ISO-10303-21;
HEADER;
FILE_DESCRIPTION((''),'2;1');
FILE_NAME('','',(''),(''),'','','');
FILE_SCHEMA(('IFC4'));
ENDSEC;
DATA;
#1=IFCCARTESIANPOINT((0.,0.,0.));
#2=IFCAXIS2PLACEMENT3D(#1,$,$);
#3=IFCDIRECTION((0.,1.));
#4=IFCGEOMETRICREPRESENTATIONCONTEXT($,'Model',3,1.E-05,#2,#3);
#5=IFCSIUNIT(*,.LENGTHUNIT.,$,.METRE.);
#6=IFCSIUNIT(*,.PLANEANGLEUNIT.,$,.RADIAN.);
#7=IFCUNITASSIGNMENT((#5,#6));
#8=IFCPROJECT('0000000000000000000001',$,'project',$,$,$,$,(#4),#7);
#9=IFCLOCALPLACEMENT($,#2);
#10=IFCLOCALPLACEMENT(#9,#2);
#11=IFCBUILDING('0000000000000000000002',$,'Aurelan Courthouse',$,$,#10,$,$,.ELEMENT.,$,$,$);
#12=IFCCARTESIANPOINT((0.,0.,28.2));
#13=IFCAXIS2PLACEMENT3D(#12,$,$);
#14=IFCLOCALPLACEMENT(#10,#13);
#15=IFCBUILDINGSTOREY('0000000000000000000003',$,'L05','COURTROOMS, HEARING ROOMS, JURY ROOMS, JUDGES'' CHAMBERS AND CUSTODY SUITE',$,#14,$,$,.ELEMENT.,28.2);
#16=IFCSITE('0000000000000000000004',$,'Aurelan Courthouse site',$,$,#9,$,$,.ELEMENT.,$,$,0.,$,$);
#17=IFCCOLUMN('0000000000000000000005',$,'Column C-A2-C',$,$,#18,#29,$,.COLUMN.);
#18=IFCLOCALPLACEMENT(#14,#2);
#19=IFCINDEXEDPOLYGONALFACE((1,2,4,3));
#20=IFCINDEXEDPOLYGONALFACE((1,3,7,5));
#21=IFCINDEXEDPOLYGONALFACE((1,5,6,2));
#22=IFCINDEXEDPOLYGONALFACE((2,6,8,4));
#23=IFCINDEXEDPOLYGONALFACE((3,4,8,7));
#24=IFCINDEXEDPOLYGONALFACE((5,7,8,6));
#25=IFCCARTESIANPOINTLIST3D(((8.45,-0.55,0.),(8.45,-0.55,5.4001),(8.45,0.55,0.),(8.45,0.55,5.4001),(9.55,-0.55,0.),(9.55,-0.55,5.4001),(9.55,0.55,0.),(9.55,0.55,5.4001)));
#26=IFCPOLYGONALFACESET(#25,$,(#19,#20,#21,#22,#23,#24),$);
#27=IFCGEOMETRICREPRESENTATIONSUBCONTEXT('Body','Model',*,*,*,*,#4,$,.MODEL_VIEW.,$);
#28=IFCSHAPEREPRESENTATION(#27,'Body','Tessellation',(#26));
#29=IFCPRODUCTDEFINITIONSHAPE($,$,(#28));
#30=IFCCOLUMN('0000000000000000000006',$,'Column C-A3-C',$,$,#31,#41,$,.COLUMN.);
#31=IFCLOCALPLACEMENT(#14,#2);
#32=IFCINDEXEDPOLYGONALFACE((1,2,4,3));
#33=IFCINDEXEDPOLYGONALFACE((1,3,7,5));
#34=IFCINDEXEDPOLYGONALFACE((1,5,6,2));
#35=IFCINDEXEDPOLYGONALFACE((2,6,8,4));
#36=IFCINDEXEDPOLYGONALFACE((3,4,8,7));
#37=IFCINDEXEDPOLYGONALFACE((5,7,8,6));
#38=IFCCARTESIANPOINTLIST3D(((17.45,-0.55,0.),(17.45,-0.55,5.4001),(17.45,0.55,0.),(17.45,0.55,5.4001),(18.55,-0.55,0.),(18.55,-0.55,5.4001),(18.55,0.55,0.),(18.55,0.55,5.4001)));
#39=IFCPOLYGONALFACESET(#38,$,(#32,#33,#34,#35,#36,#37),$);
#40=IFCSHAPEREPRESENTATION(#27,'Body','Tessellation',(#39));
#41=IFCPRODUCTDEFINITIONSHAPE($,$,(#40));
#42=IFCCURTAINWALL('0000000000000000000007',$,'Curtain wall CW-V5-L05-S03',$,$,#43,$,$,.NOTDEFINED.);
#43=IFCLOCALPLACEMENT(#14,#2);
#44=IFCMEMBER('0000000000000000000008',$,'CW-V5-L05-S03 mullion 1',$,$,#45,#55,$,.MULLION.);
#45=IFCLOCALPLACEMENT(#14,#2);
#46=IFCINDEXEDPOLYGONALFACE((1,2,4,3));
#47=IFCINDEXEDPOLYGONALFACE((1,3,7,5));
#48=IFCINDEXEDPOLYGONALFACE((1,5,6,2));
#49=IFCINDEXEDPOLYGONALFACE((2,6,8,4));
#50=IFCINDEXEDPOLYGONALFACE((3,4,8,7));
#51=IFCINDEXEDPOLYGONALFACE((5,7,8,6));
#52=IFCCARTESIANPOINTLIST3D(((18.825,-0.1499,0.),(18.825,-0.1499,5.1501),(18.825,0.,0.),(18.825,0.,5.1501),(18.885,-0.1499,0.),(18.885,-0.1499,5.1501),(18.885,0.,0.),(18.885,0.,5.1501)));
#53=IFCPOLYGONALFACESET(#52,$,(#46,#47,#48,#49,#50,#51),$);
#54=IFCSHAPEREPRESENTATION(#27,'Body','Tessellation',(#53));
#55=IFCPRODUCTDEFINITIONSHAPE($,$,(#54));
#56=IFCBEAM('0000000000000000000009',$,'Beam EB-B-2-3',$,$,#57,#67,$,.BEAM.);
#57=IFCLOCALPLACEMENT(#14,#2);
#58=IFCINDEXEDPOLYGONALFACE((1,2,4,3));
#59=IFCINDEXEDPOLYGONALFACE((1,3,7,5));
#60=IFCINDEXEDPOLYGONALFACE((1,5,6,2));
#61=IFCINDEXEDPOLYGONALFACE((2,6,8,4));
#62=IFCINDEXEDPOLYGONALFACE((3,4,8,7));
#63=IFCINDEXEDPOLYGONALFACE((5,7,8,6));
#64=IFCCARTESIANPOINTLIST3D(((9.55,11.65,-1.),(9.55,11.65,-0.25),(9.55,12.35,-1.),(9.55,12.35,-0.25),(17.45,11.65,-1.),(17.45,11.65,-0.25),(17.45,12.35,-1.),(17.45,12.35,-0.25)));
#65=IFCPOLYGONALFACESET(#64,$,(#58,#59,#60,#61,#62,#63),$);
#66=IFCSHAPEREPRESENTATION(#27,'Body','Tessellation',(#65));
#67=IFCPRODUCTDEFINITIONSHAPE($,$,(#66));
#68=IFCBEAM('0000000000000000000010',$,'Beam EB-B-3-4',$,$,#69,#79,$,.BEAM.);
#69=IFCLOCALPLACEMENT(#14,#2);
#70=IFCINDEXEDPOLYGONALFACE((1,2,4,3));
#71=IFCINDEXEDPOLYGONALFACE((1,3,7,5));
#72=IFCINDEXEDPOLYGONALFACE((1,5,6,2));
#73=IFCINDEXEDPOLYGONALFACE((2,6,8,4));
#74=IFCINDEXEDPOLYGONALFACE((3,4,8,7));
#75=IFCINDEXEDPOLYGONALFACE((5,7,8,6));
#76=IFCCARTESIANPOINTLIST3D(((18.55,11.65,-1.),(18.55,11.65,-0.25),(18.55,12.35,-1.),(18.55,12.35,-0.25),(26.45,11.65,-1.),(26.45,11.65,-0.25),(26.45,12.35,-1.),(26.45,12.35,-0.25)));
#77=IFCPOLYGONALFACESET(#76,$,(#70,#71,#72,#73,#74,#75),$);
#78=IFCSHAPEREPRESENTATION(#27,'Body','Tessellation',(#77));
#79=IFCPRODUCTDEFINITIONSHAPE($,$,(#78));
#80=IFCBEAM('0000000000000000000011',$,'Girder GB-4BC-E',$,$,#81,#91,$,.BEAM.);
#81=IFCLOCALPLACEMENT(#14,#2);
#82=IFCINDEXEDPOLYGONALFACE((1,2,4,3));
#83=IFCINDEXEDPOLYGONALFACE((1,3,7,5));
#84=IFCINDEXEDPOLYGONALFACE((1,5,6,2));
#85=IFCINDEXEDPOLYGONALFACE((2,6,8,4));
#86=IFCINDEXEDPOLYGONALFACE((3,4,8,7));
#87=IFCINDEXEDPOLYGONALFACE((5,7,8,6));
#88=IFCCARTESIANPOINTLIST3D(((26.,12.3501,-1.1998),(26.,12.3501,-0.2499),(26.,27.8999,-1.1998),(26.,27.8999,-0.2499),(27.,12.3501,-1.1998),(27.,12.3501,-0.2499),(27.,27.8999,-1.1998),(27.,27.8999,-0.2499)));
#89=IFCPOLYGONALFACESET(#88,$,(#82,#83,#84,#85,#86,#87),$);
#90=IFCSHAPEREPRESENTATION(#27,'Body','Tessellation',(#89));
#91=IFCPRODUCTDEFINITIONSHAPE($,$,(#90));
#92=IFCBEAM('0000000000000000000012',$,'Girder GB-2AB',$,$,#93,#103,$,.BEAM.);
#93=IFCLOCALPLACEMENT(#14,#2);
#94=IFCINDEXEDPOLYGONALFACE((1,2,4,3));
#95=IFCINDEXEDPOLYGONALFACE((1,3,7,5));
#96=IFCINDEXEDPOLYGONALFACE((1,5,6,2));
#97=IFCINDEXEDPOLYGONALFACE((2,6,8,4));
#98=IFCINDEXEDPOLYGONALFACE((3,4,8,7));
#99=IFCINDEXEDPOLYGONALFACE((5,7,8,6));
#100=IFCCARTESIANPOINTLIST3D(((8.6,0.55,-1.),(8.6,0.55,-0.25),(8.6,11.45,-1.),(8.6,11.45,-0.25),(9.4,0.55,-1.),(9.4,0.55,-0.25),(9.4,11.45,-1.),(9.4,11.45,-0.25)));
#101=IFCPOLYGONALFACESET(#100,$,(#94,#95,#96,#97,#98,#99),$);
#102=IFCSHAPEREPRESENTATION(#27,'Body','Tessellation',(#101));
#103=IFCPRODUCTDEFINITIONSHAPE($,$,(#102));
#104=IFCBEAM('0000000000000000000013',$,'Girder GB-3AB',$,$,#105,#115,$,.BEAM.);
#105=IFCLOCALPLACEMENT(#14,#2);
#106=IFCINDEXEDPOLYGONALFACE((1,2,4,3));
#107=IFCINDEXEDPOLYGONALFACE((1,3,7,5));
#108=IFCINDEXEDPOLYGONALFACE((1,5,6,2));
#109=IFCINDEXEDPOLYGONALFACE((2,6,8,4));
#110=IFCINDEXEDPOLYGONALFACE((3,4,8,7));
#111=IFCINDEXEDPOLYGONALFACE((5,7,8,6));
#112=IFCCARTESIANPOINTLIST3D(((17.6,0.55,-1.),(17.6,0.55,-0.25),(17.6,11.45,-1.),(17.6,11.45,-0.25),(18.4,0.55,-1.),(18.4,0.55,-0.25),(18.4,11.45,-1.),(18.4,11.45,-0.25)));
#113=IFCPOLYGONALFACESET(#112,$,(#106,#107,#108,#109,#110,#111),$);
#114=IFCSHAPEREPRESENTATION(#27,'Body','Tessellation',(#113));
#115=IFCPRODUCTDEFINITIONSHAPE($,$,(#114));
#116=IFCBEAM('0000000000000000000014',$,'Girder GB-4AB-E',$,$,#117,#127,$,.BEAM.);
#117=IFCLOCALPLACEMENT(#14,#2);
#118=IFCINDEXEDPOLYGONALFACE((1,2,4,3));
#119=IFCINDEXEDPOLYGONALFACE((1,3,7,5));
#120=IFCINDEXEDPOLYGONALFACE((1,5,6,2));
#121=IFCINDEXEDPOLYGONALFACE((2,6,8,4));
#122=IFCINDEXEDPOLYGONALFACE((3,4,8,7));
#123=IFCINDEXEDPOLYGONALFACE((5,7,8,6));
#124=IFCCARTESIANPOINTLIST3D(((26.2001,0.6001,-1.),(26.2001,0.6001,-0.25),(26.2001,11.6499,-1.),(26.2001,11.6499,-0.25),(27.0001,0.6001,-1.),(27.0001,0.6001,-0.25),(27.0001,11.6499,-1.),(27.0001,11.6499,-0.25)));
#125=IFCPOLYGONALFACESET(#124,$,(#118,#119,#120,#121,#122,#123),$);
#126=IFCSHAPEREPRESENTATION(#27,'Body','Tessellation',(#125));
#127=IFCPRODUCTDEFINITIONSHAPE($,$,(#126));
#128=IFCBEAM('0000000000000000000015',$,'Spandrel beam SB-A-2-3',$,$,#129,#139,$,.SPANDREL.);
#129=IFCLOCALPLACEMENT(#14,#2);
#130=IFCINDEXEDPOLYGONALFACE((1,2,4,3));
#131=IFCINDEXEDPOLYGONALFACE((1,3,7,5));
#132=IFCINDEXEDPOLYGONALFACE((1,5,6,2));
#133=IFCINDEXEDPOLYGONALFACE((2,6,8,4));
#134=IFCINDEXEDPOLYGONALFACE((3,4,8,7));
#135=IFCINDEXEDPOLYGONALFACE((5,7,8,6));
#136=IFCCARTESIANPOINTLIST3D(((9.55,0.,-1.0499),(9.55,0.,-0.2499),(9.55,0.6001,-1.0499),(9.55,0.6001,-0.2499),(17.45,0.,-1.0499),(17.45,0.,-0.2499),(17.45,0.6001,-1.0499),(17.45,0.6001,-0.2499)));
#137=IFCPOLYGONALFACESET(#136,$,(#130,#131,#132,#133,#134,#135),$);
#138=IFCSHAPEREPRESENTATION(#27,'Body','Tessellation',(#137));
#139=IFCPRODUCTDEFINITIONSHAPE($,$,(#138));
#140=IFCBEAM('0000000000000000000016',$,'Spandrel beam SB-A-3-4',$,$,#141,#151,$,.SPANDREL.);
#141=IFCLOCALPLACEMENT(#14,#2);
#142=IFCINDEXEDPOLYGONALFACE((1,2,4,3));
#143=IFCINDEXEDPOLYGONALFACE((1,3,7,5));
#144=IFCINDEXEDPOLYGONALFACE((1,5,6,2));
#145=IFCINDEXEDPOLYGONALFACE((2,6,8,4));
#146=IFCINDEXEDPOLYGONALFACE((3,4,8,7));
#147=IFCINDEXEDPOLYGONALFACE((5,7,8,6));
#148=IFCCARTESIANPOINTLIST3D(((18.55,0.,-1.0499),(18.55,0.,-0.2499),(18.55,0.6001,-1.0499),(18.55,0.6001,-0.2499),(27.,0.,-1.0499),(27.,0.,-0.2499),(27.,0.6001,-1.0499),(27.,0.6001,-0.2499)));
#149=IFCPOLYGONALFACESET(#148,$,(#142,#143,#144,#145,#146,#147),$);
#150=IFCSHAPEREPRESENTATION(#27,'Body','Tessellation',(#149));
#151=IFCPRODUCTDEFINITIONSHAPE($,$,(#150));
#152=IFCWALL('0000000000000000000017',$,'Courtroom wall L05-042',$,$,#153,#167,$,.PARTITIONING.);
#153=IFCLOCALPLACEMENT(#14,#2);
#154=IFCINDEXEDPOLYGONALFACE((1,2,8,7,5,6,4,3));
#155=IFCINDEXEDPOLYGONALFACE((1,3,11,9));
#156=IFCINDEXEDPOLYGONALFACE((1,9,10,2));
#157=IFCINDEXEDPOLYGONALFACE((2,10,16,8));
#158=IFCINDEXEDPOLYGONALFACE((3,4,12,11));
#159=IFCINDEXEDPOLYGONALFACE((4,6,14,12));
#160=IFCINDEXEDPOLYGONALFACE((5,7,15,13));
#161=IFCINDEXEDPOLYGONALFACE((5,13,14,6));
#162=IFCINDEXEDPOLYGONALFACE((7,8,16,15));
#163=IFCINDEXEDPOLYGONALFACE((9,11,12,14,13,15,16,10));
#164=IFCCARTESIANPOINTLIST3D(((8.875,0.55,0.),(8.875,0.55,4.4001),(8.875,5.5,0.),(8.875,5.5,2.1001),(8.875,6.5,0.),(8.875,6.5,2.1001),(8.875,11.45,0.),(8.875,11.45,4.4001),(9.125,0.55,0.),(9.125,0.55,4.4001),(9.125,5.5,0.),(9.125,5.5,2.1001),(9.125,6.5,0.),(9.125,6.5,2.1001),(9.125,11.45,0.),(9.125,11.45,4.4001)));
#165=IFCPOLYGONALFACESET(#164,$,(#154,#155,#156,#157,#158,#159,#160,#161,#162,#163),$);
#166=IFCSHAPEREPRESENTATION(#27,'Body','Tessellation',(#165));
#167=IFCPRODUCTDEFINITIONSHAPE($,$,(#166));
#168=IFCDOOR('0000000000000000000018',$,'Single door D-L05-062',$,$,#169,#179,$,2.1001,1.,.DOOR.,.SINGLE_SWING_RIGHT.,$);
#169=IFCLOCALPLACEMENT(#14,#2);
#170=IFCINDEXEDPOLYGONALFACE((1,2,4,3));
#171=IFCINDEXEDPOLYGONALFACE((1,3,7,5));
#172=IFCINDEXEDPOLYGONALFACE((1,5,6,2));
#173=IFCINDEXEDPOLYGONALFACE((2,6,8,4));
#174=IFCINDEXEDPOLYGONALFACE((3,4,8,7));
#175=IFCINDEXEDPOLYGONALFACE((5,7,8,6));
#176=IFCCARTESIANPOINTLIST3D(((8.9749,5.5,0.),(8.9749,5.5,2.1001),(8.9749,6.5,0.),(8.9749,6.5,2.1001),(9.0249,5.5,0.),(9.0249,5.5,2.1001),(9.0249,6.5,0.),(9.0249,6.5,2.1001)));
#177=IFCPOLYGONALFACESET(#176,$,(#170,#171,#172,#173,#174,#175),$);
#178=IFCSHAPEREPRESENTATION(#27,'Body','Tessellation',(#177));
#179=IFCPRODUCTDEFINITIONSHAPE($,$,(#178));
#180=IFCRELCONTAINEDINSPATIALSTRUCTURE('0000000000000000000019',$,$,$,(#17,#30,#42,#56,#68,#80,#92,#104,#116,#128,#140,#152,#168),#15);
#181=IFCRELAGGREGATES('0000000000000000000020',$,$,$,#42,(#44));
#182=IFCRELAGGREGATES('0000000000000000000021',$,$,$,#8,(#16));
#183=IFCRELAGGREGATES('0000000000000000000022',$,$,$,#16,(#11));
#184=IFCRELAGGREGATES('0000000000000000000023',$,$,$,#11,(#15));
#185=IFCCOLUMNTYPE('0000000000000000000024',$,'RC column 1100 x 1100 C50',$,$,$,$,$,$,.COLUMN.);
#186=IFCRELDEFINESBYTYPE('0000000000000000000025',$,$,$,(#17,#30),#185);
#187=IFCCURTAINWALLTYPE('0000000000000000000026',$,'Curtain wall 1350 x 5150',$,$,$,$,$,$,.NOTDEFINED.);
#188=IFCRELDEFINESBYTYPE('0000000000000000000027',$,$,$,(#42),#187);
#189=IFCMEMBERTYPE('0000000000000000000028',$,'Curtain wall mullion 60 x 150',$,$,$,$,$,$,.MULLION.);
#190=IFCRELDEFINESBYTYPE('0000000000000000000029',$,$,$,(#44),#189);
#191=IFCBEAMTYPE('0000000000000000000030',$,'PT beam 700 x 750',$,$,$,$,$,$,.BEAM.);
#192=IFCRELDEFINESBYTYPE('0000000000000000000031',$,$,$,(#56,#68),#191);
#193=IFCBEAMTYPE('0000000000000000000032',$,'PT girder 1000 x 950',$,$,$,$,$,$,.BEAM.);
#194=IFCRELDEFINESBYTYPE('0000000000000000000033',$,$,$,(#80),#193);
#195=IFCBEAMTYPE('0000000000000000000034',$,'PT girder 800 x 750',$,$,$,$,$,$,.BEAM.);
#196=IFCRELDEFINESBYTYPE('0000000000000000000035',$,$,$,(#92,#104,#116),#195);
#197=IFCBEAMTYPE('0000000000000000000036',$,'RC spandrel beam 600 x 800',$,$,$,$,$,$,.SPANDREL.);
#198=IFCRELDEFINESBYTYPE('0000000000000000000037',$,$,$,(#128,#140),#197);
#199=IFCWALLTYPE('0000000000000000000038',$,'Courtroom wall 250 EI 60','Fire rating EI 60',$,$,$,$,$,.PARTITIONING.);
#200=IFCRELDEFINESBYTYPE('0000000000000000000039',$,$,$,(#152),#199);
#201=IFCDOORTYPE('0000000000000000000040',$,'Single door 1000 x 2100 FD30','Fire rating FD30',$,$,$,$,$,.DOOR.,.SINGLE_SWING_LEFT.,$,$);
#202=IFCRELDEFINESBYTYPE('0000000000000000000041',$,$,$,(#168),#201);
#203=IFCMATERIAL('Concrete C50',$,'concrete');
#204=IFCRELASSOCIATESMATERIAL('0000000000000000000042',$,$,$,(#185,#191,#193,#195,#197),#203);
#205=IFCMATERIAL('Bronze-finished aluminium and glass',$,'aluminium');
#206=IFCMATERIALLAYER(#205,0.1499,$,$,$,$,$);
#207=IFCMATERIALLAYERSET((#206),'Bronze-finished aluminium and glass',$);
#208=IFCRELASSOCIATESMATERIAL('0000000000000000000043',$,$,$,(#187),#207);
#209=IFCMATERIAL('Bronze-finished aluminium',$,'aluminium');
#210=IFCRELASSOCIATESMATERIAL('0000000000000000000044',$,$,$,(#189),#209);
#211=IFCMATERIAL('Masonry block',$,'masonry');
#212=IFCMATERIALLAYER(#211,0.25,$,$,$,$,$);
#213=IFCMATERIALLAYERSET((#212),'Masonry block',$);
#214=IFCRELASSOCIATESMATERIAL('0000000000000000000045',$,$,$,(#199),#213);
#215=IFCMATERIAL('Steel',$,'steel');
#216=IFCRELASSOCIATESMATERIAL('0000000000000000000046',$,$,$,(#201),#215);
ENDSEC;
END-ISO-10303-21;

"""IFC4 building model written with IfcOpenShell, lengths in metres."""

from ifc_helpers import new_model, si_unit, direction, frame, frame_2d, origin, origin_2d, place, context, subcontext, project, spatial, rectangle, extrude, material, layer, layer_set, material_profile, profile_set, type_object, element, fill, aggregate, save


model = new_model("IFC4")

# Units and contexts
model_context = context("Model", 3, precision=1e-05, world=origin(), true_north=direction((0.0, 1.0)))
body_context = subcontext(model_context, "Body", "Model", "MODEL_VIEW")
ifc_project = project(units=[si_unit("LENGTHUNIT", "METRE"), si_unit("PLANEANGLEUNIT", "RADIAN")], contexts=[model_context])

# Site, building, storey
site_placement = place(None, origin())
site = spatial("IfcSite", under=ifc_project, at=site_placement, Name="Aurelan Courthouse site", CompositionType="ELEMENT", RefElevation=0.0)
building_placement = place(site_placement, origin())
building = spatial("IfcBuilding", under=site, at=building_placement, Name="Aurelan Courthouse", CompositionType="ELEMENT")
storey_placement = place(building_placement, frame((0.0, 0.0, 28.2)))
storey = spatial("IfcBuildingStorey", under=building, at=storey_placement, Name="L05", Description="COURTROOMS, HEARING ROOMS, JURY ROOMS, JUDGES' CHAMBERS AND CUSTODY SUITE", CompositionType="ELEMENT", Elevation=28.2)

# Columns
ifc_material_1 = material(Name="Concrete C50", Category="concrete")
ifc_material_profile_1 = material_profile(ifc_material_1, rectangle(XDim=1.1001, YDim=1.1001, at=origin_2d()), Name="RC 1100 x 1100")
ifc_profile_set_1 = profile_set([ifc_material_profile_1], Name="Concrete C50")
column_type = type_object("IfcColumnType", Name="RC column 1100 x 1100 C50", PredefinedType="COLUMN", material=ifc_profile_set_1)
for number, where, z_axis, x_axis, name in (
    (1, (9.0, 0.0, 0.0), (0.0, 0.0, 1.0), (1.0, 0.0, 0.0), "Column C-A2-C"),
    (2, (18.0, 0.0, 0.0), (0.0, 0.0, 1.0), (1.0, 0.0, 0.0), "Column C-A3-C"),
):
    element("IfcColumn", number, at=place(storey_placement, frame(where, z_axis=z_axis, x_axis=x_axis)), inside=storey, type_object=column_type, Name=name, PredefinedType="COLUMN", context=body_context, shape_type="SweptSolid", body=[
        extrude(rectangle(XDim=1.1001, YDim=1.1001, at=origin_2d()), origin(), (0.0, 0.0, 1.0), 5.4001),
    ])

# Curtain wall, member
ifc_material_2 = material(Name="Bronze-finished aluminium and glass", Category="aluminium")
ifc_layer_1 = layer(ifc_material_2, 0.1499)
ifc_layer_set_1 = layer_set([ifc_layer_1], Name="Bronze-finished aluminium and glass")
curtain_wall_type = type_object("IfcCurtainWallType", Name="Curtain wall 1350 x 5150", PredefinedType="NOTDEFINED", material=ifc_layer_set_1)
curtain_wall_placement = place(storey_placement, origin())
curtain_wall = element("IfcCurtainWall", 3, at=curtain_wall_placement, inside=storey, type_object=curtain_wall_type, Name="Curtain wall CW-V5-L05-S03", PredefinedType="NOTDEFINED")
ifc_material_3 = material(Name="Bronze-finished aluminium", Category="aluminium")
ifc_material_profile_2 = material_profile(ifc_material_3, rectangle(XDim=0.1499, YDim=0.0601, at=origin_2d()), Name="Bronze mullion 60 x 150")
ifc_profile_set_2 = profile_set([ifc_material_profile_2], Name="Bronze-finished aluminium")
member_type = type_object("IfcMemberType", Name="Curtain wall mullion 60 x 150", PredefinedType="MULLION", material=ifc_profile_set_2)
member_placement = place(storey_placement, frame((18.855, -0.075, 0.0), z_axis=(0.0, 0.0, 1.0), x_axis=(0.0, 1.0, 0.0)))
member = element("IfcMember", 4, at=member_placement, type_object=member_type, Name="CW-V5-L05-S03 mullion 1", PredefinedType="MULLION", context=body_context, shape_type="SweptSolid", body=[
    extrude(rectangle(XDim=0.1499, YDim=0.0601, at=origin_2d()), origin(), (0.0, 0.0, 1.0), 5.1501),
])
aggregate(curtain_wall, [member])

# Beams
ifc_material_profile_3 = material_profile(ifc_material_1, rectangle(XDim=0.7, YDim=0.75, at=origin_2d()), Name="RC 700 x 750")
ifc_profile_set_3 = profile_set([ifc_material_profile_3], Name="Concrete C50")
beam_type_1 = type_object("IfcBeamType", Name="PT beam 700 x 750", PredefinedType="BEAM", material=ifc_profile_set_3)
for number, where, z_axis, x_axis, name in (
    (5, (9.55, 12.0, -0.625), (1.0, 0.0, 0.0), (0.0, 1.0, 0.0), "Beam EB-B-2-3"),
    (6, (18.55, 12.0, -0.625), (1.0, 0.0, 0.0), (0.0, 1.0, 0.0), "Beam EB-B-3-4"),
):
    element("IfcBeam", number, at=place(storey_placement, frame(where, z_axis=z_axis, x_axis=x_axis)), inside=storey, type_object=beam_type_1, Name=name, PredefinedType="BEAM", context=body_context, shape_type="SweptSolid", body=[
        extrude(rectangle(XDim=0.7, YDim=0.75, at=origin_2d()), origin(), (0.0, 0.0, 1.0), 7.8999),
    ])
ifc_material_profile_4 = material_profile(ifc_material_1, rectangle(XDim=1.0, YDim=0.95, at=origin_2d()), Name="RC 1000 x 950")
ifc_profile_set_4 = profile_set([ifc_material_profile_4], Name="Concrete C50")
beam_type_2 = type_object("IfcBeamType", Name="PT girder 1000 x 950", PredefinedType="BEAM", material=ifc_profile_set_4)
beam_1_placement = place(storey_placement, frame((26.5, 12.3501, -0.7249), z_axis=(0.0, 1.0, 0.0), x_axis=(-1.0, 0.0, 0.0)))
element("IfcBeam", 7, at=beam_1_placement, inside=storey, type_object=beam_type_2, Name="Girder GB-4BC-E", PredefinedType="BEAM", context=body_context, shape_type="SweptSolid", body=[
    extrude(rectangle(XDim=1.0, YDim=0.95, at=origin_2d()), origin(), (0.0, 0.0, 1.0), 15.5498),
])
ifc_material_profile_5 = material_profile(ifc_material_1, rectangle(XDim=0.8, YDim=0.75, at=origin_2d()), Name="RC 800 x 750")
ifc_profile_set_5 = profile_set([ifc_material_profile_5], Name="Concrete C50")
beam_type_3 = type_object("IfcBeamType", Name="PT girder 800 x 750", PredefinedType="BEAM", material=ifc_profile_set_5)
for number, where, z_axis, x_axis, name in (
    (8, (9.0, 0.55, -0.625), (0.0, 1.0, 0.0), (-1.0, 0.0, 0.0), "Girder GB-2AB"),
    (9, (18.0, 0.55, -0.625), (0.0, 1.0, 0.0), (-1.0, 0.0, 0.0), "Girder GB-3AB"),
):
    element("IfcBeam", number, at=place(storey_placement, frame(where, z_axis=z_axis, x_axis=x_axis)), inside=storey, type_object=beam_type_3, Name=name, PredefinedType="BEAM", context=body_context, shape_type="SweptSolid", body=[
        extrude(rectangle(XDim=0.8, YDim=0.75, at=origin_2d()), origin(), (0.0, 0.0, 1.0), 10.8999),
    ])
beam_2_placement = place(storey_placement, frame((26.6001, 0.6001, -0.625), z_axis=(0.0, 1.0, 0.0), x_axis=(-1.0, 0.0, 0.0)))
element("IfcBeam", 10, at=beam_2_placement, inside=storey, type_object=beam_type_3, Name="Girder GB-4AB-E", PredefinedType="BEAM", context=body_context, shape_type="SweptSolid", body=[
    extrude(rectangle(XDim=0.8, YDim=0.75, at=origin_2d()), origin(), (0.0, 0.0, 1.0), 11.0498),
])
ifc_material_profile_6 = material_profile(ifc_material_1, rectangle(XDim=0.6001, YDim=0.8, at=origin_2d()), Name="RC 600 x 800")
ifc_profile_set_6 = profile_set([ifc_material_profile_6], Name="Concrete C50")
beam_type_4 = type_object("IfcBeamType", Name="RC spandrel beam 600 x 800", PredefinedType="SPANDREL", material=ifc_profile_set_6)
beam_3_placement = place(storey_placement, frame((9.55, 0.3, -0.6499), z_axis=(1.0, 0.0, 0.0), x_axis=(0.0, 1.0, 0.0)))
element("IfcBeam", 11, at=beam_3_placement, inside=storey, type_object=beam_type_4, Name="Spandrel beam SB-A-2-3", PredefinedType="SPANDREL", context=body_context, shape_type="SweptSolid", body=[
    extrude(rectangle(XDim=0.6001, YDim=0.8, at=origin_2d()), origin(), (0.0, 0.0, 1.0), 7.8999),
])
beam_4_placement = place(storey_placement, frame((18.55, 0.3, -0.6499), z_axis=(1.0, 0.0, 0.0), x_axis=(0.0, 1.0, 0.0)))
element("IfcBeam", 12, at=beam_4_placement, inside=storey, type_object=beam_type_4, Name="Spandrel beam SB-A-3-4", PredefinedType="SPANDREL", context=body_context, shape_type="SweptSolid", body=[
    extrude(rectangle(XDim=0.6001, YDim=0.8, at=origin_2d()), origin(), (0.0, 0.0, 1.0), 8.45),
])

# Wall, opening, door
ifc_material_4 = material(Name="Masonry block", Category="masonry")
ifc_layer_2 = layer(ifc_material_4, 0.25)
ifc_layer_set_2 = layer_set([ifc_layer_2], Name="Masonry block")
wall_type_1 = type_object("IfcWallType", Name="Courtroom wall 250 EI 60", Description="Fire rating EI 60", PredefinedType="PARTITIONING", material=ifc_layer_set_2)
wall_1_placement = place(storey_placement, frame((9.0, 0.55, 0.0), z_axis=(0.0, 0.0, 1.0), x_axis=(0.0, 1.0, 0.0)))
wall_1 = element("IfcWall", 13, at=wall_1_placement, inside=storey, type_object=wall_type_1, Name="Courtroom wall L05-042", PredefinedType="PARTITIONING", context=body_context, shape_type="SweptSolid", body=[
    extrude(rectangle(XDim=10.8999, YDim=0.25, at=frame_2d((5.45, 0.0))), origin(), (0.0, 0.0, 1.0), 4.4001),
])
opening_placement = place(wall_1_placement, frame((5.95, 0.0, 0.0), z_axis=(0.0, 0.0, 1.0), x_axis=(-1.0, 0.0, 0.0)))
opening = element("IfcOpeningElement", 14, at=opening_placement, cuts=wall_1, PredefinedType="OPENING", context=body_context, shape_type="SweptSolid", body=[
    extrude(rectangle(XDim=1.0, YDim=2.1001, at=frame_2d((0.5, 1.05))), frame((0.0, 0.135, 0.0), z_axis=(0.0, -1.0, 0.0), x_axis=(1.0, 0.0, 0.0)), (0.0, 0.0, 1.0), 0.27),
])
ifc_material_5 = material(Name="Steel", Category="steel")
door_type = type_object("IfcDoorType", Name="Single door 1000 x 2100 FD30", Description="Fire rating FD30", OperationType="SINGLE_SWING_LEFT", PredefinedType="DOOR", material=ifc_material_5)
door_placement = place(opening_placement, origin())
door = element("IfcDoor", 15, at=door_placement, inside=storey, type_object=door_type, Name="Single door D-L05-062", OperationType="SINGLE_SWING_RIGHT", OverallHeight=2.1001, OverallWidth=1.0, PredefinedType="DOOR", context=body_context, shape_type="SweptSolid", body=[
    extrude(rectangle(XDim=1.0, YDim=2.1001, at=frame_2d((0.5, 1.05))), frame((0.0, 0.0249, 0.0), z_axis=(0.0, -1.0, 0.0), x_axis=(1.0, 0.0, 0.0)), (0.0, 0.0, 1.0), 0.05),
])
fill(opening, door)

save(model, "model.ifc")
